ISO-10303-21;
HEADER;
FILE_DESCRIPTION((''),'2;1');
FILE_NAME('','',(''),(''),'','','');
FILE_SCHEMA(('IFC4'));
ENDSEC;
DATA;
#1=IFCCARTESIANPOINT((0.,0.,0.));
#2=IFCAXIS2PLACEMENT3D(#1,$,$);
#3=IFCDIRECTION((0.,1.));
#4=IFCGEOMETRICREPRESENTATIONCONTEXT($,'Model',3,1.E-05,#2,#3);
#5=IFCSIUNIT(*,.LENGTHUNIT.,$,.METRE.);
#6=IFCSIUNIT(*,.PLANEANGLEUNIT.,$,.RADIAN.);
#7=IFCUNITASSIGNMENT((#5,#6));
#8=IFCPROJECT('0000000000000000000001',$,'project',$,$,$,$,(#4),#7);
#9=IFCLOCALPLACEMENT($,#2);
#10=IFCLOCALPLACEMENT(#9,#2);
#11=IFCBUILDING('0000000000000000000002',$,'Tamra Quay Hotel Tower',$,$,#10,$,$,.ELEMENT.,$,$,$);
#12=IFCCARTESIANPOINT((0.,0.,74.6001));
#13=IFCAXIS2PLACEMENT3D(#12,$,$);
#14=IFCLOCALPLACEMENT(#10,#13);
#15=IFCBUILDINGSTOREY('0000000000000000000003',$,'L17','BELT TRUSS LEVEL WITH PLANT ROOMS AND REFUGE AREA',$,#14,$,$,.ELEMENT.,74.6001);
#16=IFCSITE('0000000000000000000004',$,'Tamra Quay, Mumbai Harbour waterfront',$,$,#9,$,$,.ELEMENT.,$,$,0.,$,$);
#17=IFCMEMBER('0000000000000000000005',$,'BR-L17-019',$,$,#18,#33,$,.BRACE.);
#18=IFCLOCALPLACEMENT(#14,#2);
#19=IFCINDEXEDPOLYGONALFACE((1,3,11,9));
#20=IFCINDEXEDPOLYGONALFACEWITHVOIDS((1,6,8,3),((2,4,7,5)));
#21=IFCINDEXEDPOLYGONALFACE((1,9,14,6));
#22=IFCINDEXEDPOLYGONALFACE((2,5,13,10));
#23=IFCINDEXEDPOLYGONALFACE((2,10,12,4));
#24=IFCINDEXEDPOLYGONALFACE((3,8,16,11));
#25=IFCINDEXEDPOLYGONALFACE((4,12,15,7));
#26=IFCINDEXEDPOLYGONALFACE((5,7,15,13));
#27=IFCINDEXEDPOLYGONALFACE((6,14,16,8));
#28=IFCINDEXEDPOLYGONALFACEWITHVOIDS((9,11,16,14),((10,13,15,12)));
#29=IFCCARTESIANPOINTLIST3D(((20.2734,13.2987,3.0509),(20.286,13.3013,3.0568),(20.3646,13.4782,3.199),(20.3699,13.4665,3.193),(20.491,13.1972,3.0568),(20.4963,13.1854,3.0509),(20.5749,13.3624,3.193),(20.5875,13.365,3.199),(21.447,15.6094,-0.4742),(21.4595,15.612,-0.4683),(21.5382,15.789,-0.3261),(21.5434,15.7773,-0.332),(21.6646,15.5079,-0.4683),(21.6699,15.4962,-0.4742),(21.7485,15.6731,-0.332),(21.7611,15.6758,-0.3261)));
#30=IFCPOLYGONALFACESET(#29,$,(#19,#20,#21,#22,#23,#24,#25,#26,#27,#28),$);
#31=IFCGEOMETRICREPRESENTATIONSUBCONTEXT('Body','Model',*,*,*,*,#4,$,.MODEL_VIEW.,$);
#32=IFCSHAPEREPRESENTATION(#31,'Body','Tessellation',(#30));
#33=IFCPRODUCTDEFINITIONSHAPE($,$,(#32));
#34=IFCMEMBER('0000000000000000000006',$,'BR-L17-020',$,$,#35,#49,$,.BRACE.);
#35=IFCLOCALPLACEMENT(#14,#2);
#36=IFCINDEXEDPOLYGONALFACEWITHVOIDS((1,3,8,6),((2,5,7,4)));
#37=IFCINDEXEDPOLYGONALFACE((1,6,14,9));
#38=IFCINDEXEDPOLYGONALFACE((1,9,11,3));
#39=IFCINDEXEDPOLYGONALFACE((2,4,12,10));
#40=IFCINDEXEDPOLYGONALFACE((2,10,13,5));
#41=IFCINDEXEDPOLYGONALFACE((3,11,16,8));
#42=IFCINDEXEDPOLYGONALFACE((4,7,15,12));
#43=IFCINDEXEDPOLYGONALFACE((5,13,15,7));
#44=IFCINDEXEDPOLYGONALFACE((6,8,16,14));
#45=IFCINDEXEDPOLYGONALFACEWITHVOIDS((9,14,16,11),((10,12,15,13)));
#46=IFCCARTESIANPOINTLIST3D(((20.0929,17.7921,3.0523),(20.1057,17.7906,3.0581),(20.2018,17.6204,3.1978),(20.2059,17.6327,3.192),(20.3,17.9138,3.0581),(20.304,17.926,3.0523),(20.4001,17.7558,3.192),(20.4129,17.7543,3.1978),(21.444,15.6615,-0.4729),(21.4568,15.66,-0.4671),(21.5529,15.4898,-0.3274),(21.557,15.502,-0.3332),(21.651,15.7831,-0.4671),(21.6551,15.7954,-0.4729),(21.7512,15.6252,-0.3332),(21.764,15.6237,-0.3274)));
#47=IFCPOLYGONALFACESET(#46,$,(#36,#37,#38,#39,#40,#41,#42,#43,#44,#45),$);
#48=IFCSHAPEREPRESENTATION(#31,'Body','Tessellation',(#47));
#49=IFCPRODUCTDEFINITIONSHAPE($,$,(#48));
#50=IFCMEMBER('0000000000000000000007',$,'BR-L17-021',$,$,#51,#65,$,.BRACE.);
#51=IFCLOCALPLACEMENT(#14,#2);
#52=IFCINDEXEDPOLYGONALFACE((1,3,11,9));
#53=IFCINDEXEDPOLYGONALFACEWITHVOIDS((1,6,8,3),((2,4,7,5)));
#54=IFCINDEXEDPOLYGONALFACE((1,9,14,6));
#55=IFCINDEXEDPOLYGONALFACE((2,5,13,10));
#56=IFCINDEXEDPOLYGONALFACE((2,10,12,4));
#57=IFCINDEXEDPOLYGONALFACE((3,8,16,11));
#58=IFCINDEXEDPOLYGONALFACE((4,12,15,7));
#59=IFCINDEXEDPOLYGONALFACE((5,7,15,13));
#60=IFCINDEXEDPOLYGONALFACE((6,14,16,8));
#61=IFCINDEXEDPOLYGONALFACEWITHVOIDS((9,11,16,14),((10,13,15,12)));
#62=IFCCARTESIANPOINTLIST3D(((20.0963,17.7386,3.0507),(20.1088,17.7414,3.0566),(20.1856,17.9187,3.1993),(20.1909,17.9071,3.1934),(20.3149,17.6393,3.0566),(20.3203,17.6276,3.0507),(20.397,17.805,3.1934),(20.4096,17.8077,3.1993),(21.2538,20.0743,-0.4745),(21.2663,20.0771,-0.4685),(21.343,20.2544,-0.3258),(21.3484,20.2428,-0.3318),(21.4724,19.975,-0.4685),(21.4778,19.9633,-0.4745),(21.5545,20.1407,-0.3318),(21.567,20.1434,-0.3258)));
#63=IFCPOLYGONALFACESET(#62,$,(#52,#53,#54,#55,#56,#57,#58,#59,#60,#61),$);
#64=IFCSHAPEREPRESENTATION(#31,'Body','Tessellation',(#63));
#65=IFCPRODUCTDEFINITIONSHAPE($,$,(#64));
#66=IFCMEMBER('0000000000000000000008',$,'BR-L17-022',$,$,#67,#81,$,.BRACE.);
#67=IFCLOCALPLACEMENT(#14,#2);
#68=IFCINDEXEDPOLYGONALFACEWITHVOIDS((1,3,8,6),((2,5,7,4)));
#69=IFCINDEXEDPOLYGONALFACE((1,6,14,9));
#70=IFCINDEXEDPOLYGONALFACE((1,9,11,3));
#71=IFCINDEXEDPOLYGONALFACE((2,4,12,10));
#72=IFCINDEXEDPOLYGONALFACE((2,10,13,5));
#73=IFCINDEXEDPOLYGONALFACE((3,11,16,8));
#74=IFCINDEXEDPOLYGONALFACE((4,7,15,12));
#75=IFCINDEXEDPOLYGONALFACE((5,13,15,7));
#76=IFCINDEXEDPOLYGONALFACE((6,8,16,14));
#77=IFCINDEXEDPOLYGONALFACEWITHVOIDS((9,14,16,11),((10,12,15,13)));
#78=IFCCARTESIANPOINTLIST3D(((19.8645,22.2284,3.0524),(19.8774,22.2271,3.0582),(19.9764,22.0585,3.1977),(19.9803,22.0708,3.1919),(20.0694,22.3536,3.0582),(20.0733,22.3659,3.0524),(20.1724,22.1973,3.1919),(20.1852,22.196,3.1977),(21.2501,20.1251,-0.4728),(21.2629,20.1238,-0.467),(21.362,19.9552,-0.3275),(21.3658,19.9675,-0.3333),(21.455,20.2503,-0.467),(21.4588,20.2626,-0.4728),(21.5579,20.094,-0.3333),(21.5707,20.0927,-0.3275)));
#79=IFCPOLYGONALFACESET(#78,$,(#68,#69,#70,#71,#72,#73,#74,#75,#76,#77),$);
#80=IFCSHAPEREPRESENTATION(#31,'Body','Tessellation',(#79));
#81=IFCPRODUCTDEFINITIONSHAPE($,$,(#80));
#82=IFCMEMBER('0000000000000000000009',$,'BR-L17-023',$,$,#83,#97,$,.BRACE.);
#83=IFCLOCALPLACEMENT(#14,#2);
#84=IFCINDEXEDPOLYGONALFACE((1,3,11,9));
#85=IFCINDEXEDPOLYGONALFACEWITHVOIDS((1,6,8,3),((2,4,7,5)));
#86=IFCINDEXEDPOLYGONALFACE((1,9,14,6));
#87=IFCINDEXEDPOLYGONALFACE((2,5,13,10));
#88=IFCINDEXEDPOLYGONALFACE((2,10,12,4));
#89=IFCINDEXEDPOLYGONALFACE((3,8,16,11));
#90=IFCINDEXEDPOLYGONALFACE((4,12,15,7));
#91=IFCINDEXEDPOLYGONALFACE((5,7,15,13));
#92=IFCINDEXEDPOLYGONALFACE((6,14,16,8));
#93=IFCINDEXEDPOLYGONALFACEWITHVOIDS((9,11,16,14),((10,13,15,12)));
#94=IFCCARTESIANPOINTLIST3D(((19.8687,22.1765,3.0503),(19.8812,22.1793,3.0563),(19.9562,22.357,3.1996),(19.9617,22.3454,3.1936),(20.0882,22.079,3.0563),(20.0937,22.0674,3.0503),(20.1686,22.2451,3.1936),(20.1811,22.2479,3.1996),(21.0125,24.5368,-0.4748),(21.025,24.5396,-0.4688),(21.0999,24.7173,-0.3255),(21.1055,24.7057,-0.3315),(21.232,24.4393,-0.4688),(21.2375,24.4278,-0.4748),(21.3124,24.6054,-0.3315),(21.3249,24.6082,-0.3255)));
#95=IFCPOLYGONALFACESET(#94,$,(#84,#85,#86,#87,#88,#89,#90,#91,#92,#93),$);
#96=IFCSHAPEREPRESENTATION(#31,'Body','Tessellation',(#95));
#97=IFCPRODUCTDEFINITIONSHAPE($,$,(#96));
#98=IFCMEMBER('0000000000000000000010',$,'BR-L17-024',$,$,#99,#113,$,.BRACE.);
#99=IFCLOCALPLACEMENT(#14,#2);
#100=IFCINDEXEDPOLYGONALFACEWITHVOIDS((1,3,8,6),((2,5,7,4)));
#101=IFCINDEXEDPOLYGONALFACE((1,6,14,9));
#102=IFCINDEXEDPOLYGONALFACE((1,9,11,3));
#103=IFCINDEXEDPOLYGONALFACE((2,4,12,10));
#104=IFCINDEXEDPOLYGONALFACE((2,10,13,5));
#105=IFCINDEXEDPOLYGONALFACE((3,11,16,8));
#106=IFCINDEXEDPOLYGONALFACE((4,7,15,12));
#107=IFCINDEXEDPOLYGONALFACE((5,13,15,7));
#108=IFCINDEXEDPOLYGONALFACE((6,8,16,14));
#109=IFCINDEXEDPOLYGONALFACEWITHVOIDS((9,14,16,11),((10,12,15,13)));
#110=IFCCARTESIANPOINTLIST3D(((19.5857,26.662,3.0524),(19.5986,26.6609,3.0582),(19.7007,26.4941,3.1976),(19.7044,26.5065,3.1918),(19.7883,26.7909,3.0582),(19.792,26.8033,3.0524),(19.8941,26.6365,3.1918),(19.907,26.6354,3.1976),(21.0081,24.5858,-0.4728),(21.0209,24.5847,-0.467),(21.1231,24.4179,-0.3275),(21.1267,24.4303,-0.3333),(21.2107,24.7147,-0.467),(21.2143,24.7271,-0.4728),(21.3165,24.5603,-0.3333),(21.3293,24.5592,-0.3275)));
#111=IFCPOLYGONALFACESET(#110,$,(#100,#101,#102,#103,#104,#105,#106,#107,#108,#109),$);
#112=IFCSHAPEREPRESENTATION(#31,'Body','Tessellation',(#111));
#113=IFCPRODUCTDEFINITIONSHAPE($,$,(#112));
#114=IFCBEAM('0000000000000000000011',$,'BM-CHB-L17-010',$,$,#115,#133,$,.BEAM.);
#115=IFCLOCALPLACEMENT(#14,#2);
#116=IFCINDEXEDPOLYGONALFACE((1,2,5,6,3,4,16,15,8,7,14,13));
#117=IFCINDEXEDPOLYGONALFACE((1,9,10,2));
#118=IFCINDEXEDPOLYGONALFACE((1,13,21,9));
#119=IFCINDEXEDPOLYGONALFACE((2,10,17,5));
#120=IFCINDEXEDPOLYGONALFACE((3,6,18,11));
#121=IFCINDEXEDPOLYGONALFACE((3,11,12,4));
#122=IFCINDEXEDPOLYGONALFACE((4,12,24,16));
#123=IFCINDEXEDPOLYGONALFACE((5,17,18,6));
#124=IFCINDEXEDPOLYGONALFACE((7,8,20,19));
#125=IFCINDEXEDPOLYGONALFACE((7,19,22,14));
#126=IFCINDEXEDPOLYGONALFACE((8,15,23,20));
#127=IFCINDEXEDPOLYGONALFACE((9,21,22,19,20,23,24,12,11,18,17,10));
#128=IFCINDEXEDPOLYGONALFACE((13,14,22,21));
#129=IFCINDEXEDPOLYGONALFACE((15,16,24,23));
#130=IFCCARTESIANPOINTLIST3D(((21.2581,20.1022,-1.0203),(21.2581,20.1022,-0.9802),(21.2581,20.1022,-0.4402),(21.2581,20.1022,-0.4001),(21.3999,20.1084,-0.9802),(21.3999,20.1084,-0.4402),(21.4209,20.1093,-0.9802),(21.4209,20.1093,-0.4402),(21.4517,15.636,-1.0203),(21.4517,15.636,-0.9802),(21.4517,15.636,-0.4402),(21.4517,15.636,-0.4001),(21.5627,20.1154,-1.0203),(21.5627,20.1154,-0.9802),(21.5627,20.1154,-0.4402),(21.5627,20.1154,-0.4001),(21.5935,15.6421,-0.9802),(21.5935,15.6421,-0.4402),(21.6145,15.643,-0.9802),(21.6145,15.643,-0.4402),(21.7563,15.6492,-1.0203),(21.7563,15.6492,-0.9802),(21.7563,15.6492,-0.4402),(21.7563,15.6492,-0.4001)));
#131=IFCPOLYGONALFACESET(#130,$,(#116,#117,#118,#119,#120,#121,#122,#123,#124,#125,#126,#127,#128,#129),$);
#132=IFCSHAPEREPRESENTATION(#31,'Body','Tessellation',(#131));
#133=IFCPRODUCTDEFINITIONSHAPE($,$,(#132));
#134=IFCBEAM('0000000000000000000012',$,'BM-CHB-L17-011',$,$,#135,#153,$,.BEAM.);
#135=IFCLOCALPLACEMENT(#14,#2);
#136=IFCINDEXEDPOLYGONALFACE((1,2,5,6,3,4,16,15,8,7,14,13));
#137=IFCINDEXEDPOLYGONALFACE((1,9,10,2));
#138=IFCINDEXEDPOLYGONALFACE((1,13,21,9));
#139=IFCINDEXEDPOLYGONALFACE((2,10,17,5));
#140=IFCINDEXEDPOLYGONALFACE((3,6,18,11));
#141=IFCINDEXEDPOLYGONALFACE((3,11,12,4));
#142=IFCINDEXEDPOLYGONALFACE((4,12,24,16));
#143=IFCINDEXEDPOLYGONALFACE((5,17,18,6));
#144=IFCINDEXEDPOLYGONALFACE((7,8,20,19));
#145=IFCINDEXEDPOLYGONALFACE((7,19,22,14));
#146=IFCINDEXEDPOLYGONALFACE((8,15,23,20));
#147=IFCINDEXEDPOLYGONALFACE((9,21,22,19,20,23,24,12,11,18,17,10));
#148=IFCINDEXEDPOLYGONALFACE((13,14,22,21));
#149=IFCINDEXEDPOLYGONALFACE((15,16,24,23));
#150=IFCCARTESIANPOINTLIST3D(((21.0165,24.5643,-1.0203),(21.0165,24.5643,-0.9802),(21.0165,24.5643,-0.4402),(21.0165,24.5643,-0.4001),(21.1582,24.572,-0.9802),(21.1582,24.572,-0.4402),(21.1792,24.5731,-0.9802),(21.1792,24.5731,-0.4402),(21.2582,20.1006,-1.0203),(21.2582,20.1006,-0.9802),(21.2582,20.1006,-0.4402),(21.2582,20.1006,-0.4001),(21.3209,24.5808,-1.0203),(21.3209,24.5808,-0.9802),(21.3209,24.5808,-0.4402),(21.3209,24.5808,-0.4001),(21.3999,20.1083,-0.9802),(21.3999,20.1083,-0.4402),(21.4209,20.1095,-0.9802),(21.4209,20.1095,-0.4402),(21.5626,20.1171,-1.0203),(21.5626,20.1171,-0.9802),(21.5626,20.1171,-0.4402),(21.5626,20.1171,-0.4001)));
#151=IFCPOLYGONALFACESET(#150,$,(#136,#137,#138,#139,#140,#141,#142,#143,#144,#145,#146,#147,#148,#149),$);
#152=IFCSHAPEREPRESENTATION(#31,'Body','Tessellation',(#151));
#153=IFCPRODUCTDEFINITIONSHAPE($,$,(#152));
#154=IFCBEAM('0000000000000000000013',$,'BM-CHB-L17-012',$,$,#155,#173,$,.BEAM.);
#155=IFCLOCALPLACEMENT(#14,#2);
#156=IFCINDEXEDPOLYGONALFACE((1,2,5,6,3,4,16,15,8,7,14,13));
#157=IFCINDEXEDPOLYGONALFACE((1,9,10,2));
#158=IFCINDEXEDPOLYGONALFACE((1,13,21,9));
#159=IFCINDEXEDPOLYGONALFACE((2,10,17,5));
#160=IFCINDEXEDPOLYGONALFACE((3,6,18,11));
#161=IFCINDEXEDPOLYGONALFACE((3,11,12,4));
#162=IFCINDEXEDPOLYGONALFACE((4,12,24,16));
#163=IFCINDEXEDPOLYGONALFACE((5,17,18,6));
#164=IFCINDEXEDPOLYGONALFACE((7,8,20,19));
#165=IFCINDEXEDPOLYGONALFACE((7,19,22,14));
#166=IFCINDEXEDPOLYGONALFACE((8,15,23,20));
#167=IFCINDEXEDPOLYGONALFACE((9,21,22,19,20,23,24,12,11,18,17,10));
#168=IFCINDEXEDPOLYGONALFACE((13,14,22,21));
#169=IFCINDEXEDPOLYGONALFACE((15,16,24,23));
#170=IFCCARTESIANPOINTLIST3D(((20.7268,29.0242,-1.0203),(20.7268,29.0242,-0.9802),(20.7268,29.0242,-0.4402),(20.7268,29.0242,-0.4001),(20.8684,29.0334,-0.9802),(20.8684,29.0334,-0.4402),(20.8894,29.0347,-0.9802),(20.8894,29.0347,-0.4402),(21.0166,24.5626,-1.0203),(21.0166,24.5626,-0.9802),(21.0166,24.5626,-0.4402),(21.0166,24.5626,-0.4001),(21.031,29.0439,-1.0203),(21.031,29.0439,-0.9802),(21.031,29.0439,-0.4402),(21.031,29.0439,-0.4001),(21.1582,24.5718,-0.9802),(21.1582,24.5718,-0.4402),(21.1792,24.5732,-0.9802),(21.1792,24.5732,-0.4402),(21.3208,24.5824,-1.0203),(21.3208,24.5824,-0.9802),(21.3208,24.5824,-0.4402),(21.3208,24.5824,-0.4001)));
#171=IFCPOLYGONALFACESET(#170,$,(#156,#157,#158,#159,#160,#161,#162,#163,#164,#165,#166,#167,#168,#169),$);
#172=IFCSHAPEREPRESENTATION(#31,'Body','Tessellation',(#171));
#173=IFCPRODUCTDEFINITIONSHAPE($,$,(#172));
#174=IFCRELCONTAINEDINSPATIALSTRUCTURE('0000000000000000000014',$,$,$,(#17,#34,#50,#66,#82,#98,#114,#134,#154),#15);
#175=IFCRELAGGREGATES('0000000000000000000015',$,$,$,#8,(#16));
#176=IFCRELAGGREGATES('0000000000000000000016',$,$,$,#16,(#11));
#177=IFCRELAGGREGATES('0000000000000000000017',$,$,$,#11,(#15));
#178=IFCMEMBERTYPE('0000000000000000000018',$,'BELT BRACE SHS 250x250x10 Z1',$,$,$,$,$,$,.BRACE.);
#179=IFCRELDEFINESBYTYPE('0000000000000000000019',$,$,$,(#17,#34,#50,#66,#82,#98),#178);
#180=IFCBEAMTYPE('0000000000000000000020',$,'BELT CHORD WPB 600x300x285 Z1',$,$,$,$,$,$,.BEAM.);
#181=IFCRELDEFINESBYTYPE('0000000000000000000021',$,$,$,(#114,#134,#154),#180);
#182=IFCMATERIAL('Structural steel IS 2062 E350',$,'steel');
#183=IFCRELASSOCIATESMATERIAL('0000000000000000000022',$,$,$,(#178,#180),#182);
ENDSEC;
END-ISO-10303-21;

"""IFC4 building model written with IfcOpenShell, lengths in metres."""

from ifc_helpers import new_model, si_unit, direction, frame, origin, origin_2d, place, context, subcontext, project, spatial, hollow_rectangle, i_section, extrude, material, material_profile, profile_set, type_object, element, save


model = new_model("IFC4")

# Units and contexts
model_context = context("Model", 3, precision=1e-05, world=origin(), true_north=direction((0.0, 1.0)))
body_context = subcontext(model_context, "Body", "Model", "MODEL_VIEW")
ifc_project = project(units=[si_unit("LENGTHUNIT", "METRE"), si_unit("PLANEANGLEUNIT", "RADIAN")], contexts=[model_context])

# Site, building, storey
site_placement = place(None, origin())
site = spatial("IfcSite", under=ifc_project, at=site_placement, Name="Tamra Quay, Mumbai Harbour waterfront", CompositionType="ELEMENT", RefElevation=0.0)
building_placement = place(site_placement, origin())
building = spatial("IfcBuilding", under=site, at=building_placement, Name="Tamra Quay Hotel Tower", CompositionType="ELEMENT")
storey_placement = place(building_placement, frame((0.0, 0.0, 74.6001)))
storey = spatial("IfcBuildingStorey", under=building, at=storey_placement, Name="L17", Description="BELT TRUSS LEVEL WITH PLANT ROOMS AND REFUGE AREA", CompositionType="ELEMENT", Elevation=74.6001)

# Members
ifc_material_1 = material(Name="Structural steel IS 2062 E350", Category="steel")
ifc_material_profile_1 = material_profile(ifc_material_1, hollow_rectangle(XDim=0.25, YDim=0.25, WallThickness=0.01, at=origin_2d()), Name="SHS 250x250x10")
ifc_profile_set_1 = profile_set([ifc_material_profile_1], Name="Structural steel IS 2062 E350")
member_type_1 = type_object("IfcMemberType", Name="BELT BRACE SHS 250x250x10 Z1", PredefinedType="BRACE", material=ifc_profile_set_1)
member_1_placement = place(storey_placement, frame((21.604, 15.6426, -0.4001), z_axis=(-0.268226, -0.528138, 0.805683), x_axis=(0.891602, -0.452819, 0.0)))
element("IfcMember", 1, at=member_1_placement, inside=storey, type_object=member_type_1, Name="BR-L17-019", PredefinedType="BRACE", context=body_context, shape_type="SweptSolid", body=[
    extrude(hollow_rectangle(XDim=0.25, YDim=0.25, WallThickness=0.01, at=origin_2d()), origin(), (0.0, 0.0, 1.0), 4.3752),
])
member_2_placement = place(storey_placement, frame((21.604, 15.6426, -0.4001), z_axis=(-0.311672, 0.4915, 0.813197), x_axis=(-0.844517, -0.535529, 0.0)))
element("IfcMember", 2, at=member_2_placement, inside=storey, type_object=member_type_1, Name="BR-L17-020", PredefinedType="BRACE", context=body_context, shape_type="SweptSolid", body=[
    extrude(hollow_rectangle(XDim=0.25, YDim=0.25, WallThickness=0.01, at=origin_2d()), origin(), (0.0, 0.0, 1.0), 4.335),
])
member_3_placement = place(storey_placement, frame((21.4104, 20.1089, -0.4001), z_axis=(-0.264005, -0.532743, 0.804043), x_axis=(0.896014, -0.444026, 0.0)))
element("IfcMember", 3, at=member_3_placement, inside=storey, type_object=member_type_1, Name="BR-L17-021", PredefinedType="BRACE", context=body_context, shape_type="SweptSolid", body=[
    extrude(hollow_rectangle(XDim=0.25, YDim=0.25, WallThickness=0.01, at=origin_2d()), origin(), (0.0, 0.0, 1.0), 4.3843),
])
member_4_placement = place(storey_placement, frame((21.4104, 20.1089, -0.4001), z_axis=(-0.319796, 0.485471, 0.813664), x_axis=(-0.835095, -0.550106, 0.0)))
element("IfcMember", 4, at=member_4_placement, inside=storey, type_object=member_type_1, Name="BR-L17-022", PredefinedType="BRACE", context=body_context, shape_type="SweptSolid", body=[
    extrude(hollow_rectangle(XDim=0.25, YDim=0.25, WallThickness=0.01, at=origin_2d()), origin(), (0.0, 0.0, 1.0), 4.3325),
])
member_5_placement = place(storey_placement, frame((21.1687, 24.5725, -0.4001), z_axis=(-0.260316, -0.537191, 0.802285), x_axis=(0.899906, -0.436084, 0.0)))
element("IfcMember", 5, at=member_5_placement, inside=storey, type_object=member_type_1, Name="BR-L17-023", PredefinedType="BRACE", context=body_context, shape_type="SweptSolid", body=[
    extrude(hollow_rectangle(XDim=0.25, YDim=0.25, WallThickness=0.01, at=origin_2d()), origin(), (0.0, 0.0, 1.0), 4.3938),
])
member_6_placement = place(storey_placement, frame((21.1687, 24.5725, -0.4001), z_axis=(-0.328391, 0.47934, 0.813875), x_axis=(-0.824969, -0.565178, 0.0)))
element("IfcMember", 6, at=member_6_placement, inside=storey, type_object=member_type_1, Name="BR-L17-024", PredefinedType="BRACE", context=body_context, shape_type="SweptSolid", body=[
    extrude(hollow_rectangle(XDim=0.25, YDim=0.25, WallThickness=0.01, at=origin_2d()), origin(), (0.0, 0.0, 1.0), 4.3313),
])

# Beams
ifc_material_profile_2 = material_profile(ifc_material_1, i_section(OverallWidth=0.3049, OverallDepth=0.6201, WebThickness=0.021, FlangeThickness=0.04, at=origin_2d()), Name="WPB 600x300x285")
ifc_profile_set_2 = profile_set([ifc_material_profile_2], Name="Structural steel IS 2062 E350")
beam_type_1 = type_object("IfcBeamType", Name="BELT CHORD WPB 600x300x285 Z1", PredefinedType="BEAM", material=ifc_profile_set_2)
beam_1_placement = place(storey_placement, frame((21.604, 15.6426, -0.7102), z_axis=(-0.043307, 0.999062, 0.0), x_axis=(-0.999062, -0.043307, 0.0)))
element("IfcBeam", 7, at=beam_1_placement, inside=storey, type_object=beam_type_1, Name="BM-CHB-L17-010", PredefinedType="BEAM", context=body_context, shape_type="SweptSolid", body=[
    extrude(i_section(OverallWidth=0.3049, OverallDepth=0.6201, WebThickness=0.021, FlangeThickness=0.04, at=origin_2d()), origin(), (0.0, 0.0, 1.0), 4.4705),
])
beam_2_placement = place(storey_placement, frame((21.4104, 20.1089, -0.7102), z_axis=(-0.054069, 0.998537, 0.0), x_axis=(-0.998537, -0.054069, 0.0)))
element("IfcBeam", 8, at=beam_2_placement, inside=storey, type_object=beam_type_1, Name="BM-CHB-L17-011", PredefinedType="BEAM", context=body_context, shape_type="SweptSolid", body=[
    extrude(i_section(OverallWidth=0.3049, OverallDepth=0.6201, WebThickness=0.021, FlangeThickness=0.04, at=origin_2d()), origin(), (0.0, 0.0, 1.0), 4.4702),
])
beam_3_placement = place(storey_placement, frame((21.1687, 24.5725, -0.7102), z_axis=(-0.064819, 0.997897, 0.0), x_axis=(-0.997897, -0.064819, 0.0)))
element("IfcBeam", 9, at=beam_3_placement, inside=storey, type_object=beam_type_1, Name="BM-CHB-L17-012", PredefinedType="BEAM", context=body_context, shape_type="SweptSolid", body=[
    extrude(i_section(OverallWidth=0.3049, OverallDepth=0.6201, WebThickness=0.021, FlangeThickness=0.04, at=origin_2d()), origin(), (0.0, 0.0, 1.0), 4.4709),
])

save(model, "model.ifc")
